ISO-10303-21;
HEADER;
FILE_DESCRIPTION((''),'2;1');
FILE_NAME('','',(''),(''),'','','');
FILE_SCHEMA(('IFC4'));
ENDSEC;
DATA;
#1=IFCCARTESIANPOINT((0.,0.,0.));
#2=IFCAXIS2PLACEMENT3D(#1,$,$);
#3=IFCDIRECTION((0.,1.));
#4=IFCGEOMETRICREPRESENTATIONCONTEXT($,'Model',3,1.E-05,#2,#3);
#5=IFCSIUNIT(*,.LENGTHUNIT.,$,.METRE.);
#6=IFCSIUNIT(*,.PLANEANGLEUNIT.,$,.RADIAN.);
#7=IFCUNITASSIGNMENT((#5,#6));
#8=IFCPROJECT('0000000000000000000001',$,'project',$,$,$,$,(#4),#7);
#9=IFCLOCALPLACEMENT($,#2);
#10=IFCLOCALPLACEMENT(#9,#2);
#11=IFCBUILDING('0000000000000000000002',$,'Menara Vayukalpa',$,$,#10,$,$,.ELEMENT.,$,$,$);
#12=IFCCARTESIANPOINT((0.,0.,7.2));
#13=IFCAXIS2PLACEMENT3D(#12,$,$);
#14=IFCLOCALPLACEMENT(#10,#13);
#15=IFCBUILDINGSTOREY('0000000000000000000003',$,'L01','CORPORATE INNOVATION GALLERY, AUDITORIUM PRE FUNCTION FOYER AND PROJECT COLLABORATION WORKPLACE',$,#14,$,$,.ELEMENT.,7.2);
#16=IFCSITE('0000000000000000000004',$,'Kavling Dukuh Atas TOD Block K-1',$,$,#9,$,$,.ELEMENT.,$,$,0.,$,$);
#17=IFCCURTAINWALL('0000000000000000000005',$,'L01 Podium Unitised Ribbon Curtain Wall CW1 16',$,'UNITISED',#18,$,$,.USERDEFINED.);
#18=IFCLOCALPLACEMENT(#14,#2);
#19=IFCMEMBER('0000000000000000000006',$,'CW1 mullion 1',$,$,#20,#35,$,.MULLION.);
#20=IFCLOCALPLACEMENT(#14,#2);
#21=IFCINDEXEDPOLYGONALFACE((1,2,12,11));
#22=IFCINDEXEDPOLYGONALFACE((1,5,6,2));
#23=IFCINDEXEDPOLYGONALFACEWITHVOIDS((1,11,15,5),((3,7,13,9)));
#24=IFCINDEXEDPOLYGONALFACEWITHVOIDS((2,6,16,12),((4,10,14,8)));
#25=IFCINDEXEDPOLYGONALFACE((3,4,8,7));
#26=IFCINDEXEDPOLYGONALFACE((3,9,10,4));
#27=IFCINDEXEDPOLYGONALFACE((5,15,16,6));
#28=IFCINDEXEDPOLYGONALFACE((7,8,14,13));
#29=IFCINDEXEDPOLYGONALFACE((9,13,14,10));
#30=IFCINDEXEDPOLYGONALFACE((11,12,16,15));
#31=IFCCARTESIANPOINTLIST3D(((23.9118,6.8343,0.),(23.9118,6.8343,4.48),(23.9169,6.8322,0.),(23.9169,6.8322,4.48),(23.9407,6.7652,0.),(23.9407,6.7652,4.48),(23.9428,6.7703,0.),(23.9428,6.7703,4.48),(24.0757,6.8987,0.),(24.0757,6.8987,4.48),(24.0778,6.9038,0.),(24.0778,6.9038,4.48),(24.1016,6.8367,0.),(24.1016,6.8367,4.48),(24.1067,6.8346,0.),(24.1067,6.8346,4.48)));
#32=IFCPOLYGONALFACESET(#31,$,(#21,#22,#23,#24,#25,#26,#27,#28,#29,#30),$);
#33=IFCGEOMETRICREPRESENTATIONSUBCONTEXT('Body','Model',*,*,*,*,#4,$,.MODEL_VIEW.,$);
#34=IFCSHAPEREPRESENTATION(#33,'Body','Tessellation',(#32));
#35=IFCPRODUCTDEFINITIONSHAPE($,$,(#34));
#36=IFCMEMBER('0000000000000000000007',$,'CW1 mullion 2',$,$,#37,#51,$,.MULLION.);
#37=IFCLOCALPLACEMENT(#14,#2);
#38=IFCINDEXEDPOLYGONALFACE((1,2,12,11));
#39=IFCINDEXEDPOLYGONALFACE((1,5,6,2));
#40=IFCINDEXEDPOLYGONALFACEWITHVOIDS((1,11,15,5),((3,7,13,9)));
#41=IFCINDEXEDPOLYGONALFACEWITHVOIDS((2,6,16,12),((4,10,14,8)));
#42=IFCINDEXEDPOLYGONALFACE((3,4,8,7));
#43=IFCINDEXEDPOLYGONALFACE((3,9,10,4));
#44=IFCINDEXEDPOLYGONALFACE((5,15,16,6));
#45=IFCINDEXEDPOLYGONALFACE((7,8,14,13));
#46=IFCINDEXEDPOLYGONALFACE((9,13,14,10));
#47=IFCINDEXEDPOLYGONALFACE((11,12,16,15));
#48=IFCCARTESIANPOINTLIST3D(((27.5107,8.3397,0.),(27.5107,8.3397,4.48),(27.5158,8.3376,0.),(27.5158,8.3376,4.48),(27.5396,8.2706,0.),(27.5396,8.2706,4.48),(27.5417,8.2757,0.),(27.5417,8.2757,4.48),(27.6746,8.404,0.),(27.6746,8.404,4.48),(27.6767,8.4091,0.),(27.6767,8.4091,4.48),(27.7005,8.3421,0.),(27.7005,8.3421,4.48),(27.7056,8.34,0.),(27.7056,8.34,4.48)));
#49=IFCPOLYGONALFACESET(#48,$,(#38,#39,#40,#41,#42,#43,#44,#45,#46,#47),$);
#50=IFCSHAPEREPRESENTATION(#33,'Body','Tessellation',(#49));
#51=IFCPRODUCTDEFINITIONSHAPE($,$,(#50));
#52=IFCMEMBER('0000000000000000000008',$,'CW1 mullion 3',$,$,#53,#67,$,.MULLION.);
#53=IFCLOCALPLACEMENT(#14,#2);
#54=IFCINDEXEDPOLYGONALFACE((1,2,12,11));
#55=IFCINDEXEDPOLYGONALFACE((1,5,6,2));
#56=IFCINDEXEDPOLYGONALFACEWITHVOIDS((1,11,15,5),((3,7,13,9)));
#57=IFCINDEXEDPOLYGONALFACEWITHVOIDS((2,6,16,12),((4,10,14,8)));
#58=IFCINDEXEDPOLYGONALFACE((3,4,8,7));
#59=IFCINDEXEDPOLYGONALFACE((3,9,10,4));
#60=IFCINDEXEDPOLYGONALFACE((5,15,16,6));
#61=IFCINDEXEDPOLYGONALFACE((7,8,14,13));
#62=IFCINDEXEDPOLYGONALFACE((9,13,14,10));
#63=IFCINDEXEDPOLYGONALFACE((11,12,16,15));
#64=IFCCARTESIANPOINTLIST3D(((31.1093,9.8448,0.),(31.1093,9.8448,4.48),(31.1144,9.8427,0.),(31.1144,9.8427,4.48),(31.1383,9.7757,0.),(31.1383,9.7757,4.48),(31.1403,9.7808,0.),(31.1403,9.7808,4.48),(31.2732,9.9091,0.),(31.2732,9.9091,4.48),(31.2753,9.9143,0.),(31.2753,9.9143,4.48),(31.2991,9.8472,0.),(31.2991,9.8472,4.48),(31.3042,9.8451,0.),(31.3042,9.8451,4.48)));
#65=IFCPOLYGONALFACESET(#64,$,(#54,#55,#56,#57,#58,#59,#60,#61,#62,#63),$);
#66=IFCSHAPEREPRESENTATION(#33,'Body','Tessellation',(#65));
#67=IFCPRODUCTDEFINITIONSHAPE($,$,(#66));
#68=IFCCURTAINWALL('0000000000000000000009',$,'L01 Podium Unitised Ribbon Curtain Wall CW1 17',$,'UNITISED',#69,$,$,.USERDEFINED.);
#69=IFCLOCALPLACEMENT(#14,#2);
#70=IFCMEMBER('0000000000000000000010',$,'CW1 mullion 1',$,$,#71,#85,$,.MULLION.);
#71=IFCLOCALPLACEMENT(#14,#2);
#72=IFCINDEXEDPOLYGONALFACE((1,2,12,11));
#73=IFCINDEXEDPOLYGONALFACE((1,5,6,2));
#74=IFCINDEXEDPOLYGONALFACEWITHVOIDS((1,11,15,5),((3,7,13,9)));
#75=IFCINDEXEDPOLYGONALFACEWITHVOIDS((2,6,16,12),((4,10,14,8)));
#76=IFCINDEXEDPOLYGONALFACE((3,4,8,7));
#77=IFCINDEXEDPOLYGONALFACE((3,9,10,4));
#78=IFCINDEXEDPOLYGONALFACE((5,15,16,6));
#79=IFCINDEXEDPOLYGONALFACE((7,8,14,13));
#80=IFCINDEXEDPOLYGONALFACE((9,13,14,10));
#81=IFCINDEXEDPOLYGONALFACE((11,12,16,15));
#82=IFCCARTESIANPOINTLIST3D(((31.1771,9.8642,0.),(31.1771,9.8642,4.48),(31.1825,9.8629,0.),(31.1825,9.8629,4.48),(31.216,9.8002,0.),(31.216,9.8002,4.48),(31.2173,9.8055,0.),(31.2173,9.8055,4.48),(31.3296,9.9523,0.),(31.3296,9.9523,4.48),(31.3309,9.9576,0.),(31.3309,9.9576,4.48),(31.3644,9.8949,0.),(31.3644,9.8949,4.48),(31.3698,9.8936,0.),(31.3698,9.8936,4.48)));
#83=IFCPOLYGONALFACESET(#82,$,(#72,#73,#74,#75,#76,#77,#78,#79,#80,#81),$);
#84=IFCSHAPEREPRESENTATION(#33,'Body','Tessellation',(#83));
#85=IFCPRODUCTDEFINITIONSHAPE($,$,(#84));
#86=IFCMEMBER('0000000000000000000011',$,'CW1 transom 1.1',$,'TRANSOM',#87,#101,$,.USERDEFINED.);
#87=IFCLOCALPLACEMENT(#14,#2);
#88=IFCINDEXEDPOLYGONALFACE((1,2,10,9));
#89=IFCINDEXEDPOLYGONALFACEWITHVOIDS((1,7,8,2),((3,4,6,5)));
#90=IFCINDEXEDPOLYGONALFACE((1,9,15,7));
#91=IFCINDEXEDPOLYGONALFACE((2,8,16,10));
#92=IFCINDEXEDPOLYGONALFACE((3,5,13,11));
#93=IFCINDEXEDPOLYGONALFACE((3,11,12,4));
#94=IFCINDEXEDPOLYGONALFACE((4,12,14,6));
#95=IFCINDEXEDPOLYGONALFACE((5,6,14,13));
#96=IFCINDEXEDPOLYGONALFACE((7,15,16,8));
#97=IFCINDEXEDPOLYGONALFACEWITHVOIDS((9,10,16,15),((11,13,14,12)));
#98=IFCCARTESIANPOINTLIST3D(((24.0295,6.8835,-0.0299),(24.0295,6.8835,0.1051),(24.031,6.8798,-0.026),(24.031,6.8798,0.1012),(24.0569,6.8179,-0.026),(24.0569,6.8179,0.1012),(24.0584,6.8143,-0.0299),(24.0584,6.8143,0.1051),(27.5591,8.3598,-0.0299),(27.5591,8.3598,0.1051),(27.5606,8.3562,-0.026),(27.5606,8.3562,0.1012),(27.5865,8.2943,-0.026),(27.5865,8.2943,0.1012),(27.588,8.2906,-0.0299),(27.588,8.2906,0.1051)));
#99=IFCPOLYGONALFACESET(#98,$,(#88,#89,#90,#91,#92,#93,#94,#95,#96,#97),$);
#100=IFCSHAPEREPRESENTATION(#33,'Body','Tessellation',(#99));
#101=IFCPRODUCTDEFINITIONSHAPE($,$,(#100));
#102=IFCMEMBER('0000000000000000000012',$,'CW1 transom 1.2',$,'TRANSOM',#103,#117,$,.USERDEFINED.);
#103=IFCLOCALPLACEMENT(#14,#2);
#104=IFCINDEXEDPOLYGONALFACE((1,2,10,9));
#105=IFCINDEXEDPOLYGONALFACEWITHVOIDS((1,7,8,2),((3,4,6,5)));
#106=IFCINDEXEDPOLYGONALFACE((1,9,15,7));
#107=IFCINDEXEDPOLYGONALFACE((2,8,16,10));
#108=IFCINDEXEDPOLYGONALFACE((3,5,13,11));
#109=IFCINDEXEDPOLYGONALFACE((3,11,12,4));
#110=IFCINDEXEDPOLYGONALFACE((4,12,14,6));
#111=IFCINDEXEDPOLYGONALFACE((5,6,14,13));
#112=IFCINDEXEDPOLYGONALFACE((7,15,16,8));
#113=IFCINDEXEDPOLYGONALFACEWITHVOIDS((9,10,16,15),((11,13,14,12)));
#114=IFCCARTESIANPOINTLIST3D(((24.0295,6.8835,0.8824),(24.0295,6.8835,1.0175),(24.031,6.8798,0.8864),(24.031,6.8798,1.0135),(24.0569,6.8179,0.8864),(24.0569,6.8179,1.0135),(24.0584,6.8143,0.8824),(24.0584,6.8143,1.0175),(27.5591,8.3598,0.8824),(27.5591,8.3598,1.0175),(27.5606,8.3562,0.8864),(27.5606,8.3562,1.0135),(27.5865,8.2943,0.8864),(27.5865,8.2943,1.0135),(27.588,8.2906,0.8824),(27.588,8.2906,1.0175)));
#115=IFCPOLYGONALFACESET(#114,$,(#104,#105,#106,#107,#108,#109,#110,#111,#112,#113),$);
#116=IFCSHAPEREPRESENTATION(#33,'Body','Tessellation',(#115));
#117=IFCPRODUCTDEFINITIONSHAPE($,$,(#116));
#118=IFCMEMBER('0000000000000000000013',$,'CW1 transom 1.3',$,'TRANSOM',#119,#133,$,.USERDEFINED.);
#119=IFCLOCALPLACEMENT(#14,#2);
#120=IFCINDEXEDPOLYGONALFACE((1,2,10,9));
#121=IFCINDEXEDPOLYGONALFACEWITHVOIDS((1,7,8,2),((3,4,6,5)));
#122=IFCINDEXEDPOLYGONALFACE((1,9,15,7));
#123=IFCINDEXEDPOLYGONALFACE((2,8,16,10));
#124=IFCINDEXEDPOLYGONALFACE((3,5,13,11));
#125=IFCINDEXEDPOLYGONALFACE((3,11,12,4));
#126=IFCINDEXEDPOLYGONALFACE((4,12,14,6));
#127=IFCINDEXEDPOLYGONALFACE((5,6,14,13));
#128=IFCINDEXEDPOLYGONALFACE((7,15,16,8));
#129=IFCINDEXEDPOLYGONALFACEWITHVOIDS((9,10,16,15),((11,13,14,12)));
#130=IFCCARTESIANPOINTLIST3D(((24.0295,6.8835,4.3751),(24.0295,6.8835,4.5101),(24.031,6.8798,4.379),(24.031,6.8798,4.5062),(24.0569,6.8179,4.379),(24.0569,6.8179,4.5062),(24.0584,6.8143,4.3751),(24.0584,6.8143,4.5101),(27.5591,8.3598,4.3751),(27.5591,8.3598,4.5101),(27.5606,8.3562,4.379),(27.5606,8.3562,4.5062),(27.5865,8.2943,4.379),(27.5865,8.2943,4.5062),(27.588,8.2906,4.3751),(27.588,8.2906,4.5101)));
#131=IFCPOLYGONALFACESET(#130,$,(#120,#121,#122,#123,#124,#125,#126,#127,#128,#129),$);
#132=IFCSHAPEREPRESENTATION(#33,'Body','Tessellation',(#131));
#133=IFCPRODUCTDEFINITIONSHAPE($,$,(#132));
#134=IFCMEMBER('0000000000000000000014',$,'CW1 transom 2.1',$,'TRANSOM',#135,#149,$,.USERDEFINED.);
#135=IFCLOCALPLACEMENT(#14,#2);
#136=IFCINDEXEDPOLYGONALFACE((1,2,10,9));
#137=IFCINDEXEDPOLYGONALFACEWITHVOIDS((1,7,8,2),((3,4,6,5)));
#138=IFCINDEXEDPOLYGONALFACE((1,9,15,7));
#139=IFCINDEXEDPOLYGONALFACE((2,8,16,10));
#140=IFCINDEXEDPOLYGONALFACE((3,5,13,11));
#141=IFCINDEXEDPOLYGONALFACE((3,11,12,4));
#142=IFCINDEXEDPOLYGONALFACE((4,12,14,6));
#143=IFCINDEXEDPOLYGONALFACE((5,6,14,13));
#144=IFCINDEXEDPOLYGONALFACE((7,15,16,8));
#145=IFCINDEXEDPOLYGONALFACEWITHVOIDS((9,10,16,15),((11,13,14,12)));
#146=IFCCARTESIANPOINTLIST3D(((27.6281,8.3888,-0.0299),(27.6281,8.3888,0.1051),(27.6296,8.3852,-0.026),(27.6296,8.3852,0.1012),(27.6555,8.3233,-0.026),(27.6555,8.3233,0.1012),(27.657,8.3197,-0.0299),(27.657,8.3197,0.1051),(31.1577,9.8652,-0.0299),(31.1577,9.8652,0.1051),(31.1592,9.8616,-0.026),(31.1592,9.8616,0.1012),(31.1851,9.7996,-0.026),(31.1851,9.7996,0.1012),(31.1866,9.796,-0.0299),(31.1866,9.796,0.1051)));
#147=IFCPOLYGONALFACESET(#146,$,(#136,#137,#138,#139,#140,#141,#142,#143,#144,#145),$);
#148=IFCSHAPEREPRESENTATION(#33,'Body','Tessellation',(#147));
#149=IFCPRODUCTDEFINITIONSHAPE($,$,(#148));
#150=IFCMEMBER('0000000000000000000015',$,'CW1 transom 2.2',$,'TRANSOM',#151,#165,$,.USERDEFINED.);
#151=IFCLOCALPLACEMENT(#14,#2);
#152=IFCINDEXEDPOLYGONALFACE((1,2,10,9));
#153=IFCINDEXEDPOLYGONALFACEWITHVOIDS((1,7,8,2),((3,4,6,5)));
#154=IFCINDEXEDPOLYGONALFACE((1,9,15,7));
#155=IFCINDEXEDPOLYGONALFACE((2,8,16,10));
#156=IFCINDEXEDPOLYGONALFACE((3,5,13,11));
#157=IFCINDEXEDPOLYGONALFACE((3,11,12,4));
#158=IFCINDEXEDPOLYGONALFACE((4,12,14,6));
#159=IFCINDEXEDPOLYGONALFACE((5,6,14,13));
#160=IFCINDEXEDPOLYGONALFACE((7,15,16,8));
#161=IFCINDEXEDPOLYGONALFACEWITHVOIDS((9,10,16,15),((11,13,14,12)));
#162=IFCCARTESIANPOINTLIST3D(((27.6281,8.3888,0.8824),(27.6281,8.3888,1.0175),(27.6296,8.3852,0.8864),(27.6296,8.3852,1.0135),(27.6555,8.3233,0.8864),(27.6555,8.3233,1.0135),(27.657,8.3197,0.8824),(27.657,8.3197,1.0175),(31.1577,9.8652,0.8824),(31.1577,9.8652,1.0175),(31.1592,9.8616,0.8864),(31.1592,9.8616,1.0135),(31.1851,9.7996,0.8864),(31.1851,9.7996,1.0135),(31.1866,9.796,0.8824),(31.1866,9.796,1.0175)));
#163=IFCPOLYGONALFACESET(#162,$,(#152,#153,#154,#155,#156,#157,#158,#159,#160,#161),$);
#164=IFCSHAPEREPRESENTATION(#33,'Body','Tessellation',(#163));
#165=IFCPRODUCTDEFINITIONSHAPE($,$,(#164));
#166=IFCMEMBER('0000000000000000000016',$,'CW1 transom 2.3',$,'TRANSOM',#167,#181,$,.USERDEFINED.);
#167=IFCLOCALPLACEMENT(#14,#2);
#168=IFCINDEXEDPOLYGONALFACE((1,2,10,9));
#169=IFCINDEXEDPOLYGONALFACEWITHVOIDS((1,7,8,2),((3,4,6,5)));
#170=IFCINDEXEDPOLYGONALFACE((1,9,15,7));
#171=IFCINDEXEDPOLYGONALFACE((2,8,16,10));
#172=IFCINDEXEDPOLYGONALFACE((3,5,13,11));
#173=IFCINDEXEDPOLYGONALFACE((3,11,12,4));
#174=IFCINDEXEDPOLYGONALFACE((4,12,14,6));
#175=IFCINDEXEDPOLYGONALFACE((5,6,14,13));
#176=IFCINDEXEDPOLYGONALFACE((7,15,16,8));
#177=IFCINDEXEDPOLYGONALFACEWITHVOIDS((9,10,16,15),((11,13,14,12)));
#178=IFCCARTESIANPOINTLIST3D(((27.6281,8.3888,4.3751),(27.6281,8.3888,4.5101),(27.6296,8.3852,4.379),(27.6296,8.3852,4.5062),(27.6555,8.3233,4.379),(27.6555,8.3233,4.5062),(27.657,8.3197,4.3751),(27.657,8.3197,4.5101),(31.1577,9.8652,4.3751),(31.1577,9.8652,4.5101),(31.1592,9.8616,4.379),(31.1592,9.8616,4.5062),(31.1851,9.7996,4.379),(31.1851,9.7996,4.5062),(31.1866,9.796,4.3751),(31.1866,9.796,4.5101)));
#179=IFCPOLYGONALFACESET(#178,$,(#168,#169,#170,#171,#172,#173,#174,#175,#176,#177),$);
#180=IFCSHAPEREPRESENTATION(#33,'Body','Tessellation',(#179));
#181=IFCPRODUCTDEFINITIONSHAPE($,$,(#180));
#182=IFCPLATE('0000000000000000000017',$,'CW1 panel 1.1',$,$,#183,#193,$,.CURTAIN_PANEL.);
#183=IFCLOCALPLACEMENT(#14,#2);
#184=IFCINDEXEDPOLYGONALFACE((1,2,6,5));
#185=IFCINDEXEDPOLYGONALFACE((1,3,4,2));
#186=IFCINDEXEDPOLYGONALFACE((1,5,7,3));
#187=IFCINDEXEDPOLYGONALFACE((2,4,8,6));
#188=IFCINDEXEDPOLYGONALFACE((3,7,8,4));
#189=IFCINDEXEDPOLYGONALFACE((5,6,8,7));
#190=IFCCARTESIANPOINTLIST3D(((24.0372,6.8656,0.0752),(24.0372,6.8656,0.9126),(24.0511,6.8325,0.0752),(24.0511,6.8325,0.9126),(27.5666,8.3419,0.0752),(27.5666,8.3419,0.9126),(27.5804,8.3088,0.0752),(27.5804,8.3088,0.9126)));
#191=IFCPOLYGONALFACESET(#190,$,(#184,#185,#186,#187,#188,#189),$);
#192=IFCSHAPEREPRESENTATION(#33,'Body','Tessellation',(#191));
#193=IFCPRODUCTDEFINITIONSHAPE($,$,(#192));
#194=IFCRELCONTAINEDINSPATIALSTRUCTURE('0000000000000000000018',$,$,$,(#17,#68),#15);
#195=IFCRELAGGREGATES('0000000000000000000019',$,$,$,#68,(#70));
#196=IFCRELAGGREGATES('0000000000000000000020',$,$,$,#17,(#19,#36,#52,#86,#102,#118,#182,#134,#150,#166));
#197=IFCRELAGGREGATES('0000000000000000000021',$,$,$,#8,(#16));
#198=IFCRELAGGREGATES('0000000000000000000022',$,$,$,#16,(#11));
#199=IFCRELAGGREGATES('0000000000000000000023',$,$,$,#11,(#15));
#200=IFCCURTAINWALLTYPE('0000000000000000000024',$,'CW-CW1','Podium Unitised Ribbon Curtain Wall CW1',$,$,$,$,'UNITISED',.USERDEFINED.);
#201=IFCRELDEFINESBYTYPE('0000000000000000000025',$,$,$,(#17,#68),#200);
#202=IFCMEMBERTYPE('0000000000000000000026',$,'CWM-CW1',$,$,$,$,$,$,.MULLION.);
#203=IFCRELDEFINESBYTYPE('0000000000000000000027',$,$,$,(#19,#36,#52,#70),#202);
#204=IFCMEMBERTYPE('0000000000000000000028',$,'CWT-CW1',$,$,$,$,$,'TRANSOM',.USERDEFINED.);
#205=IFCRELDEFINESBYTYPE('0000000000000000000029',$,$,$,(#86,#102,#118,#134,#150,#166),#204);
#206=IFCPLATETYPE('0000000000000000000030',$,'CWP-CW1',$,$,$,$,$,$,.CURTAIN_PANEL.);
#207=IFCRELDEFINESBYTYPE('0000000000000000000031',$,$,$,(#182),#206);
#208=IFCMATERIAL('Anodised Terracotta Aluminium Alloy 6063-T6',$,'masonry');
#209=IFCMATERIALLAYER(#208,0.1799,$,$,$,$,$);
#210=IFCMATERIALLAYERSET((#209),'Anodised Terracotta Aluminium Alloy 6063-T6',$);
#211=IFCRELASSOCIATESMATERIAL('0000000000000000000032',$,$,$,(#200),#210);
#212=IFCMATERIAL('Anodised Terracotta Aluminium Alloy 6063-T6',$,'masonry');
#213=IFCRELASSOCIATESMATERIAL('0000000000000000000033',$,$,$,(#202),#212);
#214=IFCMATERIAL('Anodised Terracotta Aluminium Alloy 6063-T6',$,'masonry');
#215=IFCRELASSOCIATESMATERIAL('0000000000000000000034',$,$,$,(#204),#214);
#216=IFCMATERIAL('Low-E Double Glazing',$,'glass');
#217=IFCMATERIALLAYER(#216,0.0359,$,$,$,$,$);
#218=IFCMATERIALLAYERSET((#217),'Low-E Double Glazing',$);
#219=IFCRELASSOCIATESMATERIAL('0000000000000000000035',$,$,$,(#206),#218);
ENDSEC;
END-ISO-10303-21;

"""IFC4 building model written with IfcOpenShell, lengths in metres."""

from ifc_helpers import new_model, si_unit, direction, frame, origin, origin_2d, place, context, subcontext, project, spatial, rectangle, hollow_rectangle, extrude, material, layer, layer_set, material_profile, profile_set, type_object, element, aggregate, save


model = new_model("IFC4")

# Units and contexts
model_context = context("Model", 3, precision=1e-05, world=origin(), true_north=direction((0.0, 1.0)))
body_context = subcontext(model_context, "Body", "Model", "MODEL_VIEW")
ifc_project = project(units=[si_unit("LENGTHUNIT", "METRE"), si_unit("PLANEANGLEUNIT", "RADIAN")], contexts=[model_context])

# Site, building, storey
site_placement = place(None, origin())
site = spatial("IfcSite", under=ifc_project, at=site_placement, Name="Kavling Dukuh Atas TOD Block K-1", CompositionType="ELEMENT", RefElevation=0.0)
building_placement = place(site_placement, origin())
building = spatial("IfcBuilding", under=site, at=building_placement, Name="Menara Vayukalpa", CompositionType="ELEMENT")
storey_placement = place(building_placement, frame((0.0, 0.0, 7.2)))
storey = spatial("IfcBuildingStorey", under=building, at=storey_placement, Name="L01", Description="CORPORATE INNOVATION GALLERY, AUDITORIUM PRE FUNCTION FOYER AND PROJECT COLLABORATION WORKPLACE", CompositionType="ELEMENT", Elevation=7.2)

# Curtain wall, members
ifc_material_1 = material(Name="Anodised Terracotta Aluminium Alloy 6063-T6", Category="masonry")
ifc_layer_1 = layer(ifc_material_1, 0.1799)
ifc_layer_set_1 = layer_set([ifc_layer_1], Name="Anodised Terracotta Aluminium Alloy 6063-T6")
curtain_wall_type = type_object("IfcCurtainWallType", Name="CW-CW1", Description="Podium Unitised Ribbon Curtain Wall CW1", ElementType="UNITISED", PredefinedType="USERDEFINED", material=ifc_layer_set_1)
curtain_wall_1_placement = place(storey_placement, origin())
curtain_wall_1 = element("IfcCurtainWall", 1, at=curtain_wall_1_placement, inside=storey, type_object=curtain_wall_type, Name="L01 Podium Unitised Ribbon Curtain Wall CW1 16", ObjectType="UNITISED", PredefinedType="USERDEFINED")
ifc_material_2 = material(Name="Anodised Terracotta Aluminium Alloy 6063-T6", Category="masonry")
ifc_material_profile_1 = material_profile(ifc_material_2, hollow_rectangle(XDim=0.075, YDim=0.1799, WallThickness=0.0039, at=origin_2d()), Name="ALU 75x180x4")
ifc_profile_set_1 = profile_set([ifc_material_profile_1], Name="Anodised Terracotta Aluminium Alloy 6063-T6")
member_type_1 = type_object("IfcMemberType", Name="CWM-CW1", PredefinedType="MULLION", material=ifc_profile_set_1)
member_1_placement = place(storey_placement, frame((24.0093, 6.8345, 0.0), z_axis=(0.0, 0.0, 1.0), x_axis=(-0.385891, 0.922545, 0.0)))
member_1 = element("IfcMember", 2, at=member_1_placement, type_object=member_type_1, Name="CW1 mullion 1", PredefinedType="MULLION", context=body_context, shape_type="SweptSolid", body=[
    extrude(hollow_rectangle(XDim=0.075, YDim=0.1799, WallThickness=0.0039, at=origin_2d()), origin(), (0.0, 0.0, 1.0), 4.48),
])
member_2_placement = place(storey_placement, frame((27.6082, 8.3398, 0.0), z_axis=(0.0, 0.0, 1.0), x_axis=(-0.385891, 0.922545, 0.0)))
member_2 = element("IfcMember", 3, at=member_2_placement, type_object=member_type_1, Name="CW1 mullion 2", PredefinedType="MULLION", context=body_context, shape_type="SweptSolid", body=[
    extrude(hollow_rectangle(XDim=0.075, YDim=0.1799, WallThickness=0.0039, at=origin_2d()), origin(), (0.0, 0.0, 1.0), 4.48),
])
member_3_placement = place(storey_placement, frame((31.2068, 9.845, 0.0), z_axis=(0.0, 0.0, 1.0), x_axis=(-0.385891, 0.922545, 0.0)))
member_3 = element("IfcMember", 4, at=member_3_placement, type_object=member_type_1, Name="CW1 mullion 3", PredefinedType="MULLION", context=body_context, shape_type="SweptSolid", body=[
    extrude(hollow_rectangle(XDim=0.075, YDim=0.1799, WallThickness=0.0039, at=origin_2d()), origin(), (0.0, 0.0, 1.0), 4.48),
])

# Curtain wall, member
curtain_wall_2_placement = place(storey_placement, origin())
curtain_wall_2 = element("IfcCurtainWall", 5, at=curtain_wall_2_placement, inside=storey, type_object=curtain_wall_type, Name="L01 Podium Unitised Ribbon Curtain Wall CW1 17", ObjectType="UNITISED", PredefinedType="USERDEFINED")
member_4_placement = place(storey_placement, frame((31.2734, 9.8789, 0.0), z_axis=(0.0, 0.0, 1.0), x_axis=(-0.51918, 0.854665, 0.0)))
member_4 = element("IfcMember", 6, at=member_4_placement, type_object=member_type_1, Name="CW1 mullion 1", PredefinedType="MULLION", context=body_context, shape_type="SweptSolid", body=[
    extrude(hollow_rectangle(XDim=0.075, YDim=0.1799, WallThickness=0.0039, at=origin_2d()), origin(), (0.0, 0.0, 1.0), 4.48),
])
aggregate(curtain_wall_2, [member_4])

# Members
ifc_material_3 = material(Name="Anodised Terracotta Aluminium Alloy 6063-T6", Category="masonry")
ifc_material_profile_2 = material_profile(ifc_material_3, hollow_rectangle(XDim=0.075, YDim=0.135, WallThickness=0.0039, at=origin_2d()), Name="ALU 75x135x4")
ifc_profile_set_2 = profile_set([ifc_material_profile_2], Name="Anodised Terracotta Aluminium Alloy 6063-T6")
member_type_2 = type_object("IfcMemberType", Name="CWT-CW1", ElementType="TRANSOM", PredefinedType="USERDEFINED", material=ifc_profile_set_2)
member_5_placement = place(storey_placement, frame((24.0439, 6.8489, 0.0376), z_axis=(0.922549, 0.385879, 0.0), x_axis=(-0.385879, 0.922549, 0.0)))
member_5 = element("IfcMember", 7, at=member_5_placement, type_object=member_type_2, Name="CW1 transom 1.1", ObjectType="TRANSOM", PredefinedType="USERDEFINED", context=body_context, shape_type="SweptSolid", body=[
    extrude(hollow_rectangle(XDim=0.075, YDim=0.135, WallThickness=0.0039, at=origin_2d()), origin(), (0.0, 0.0, 1.0), 3.8259),
])
member_6_placement = place(storey_placement, frame((24.0439, 6.8489, 0.95), z_axis=(0.922549, 0.385879, 0.0), x_axis=(-0.385879, 0.922549, 0.0)))
member_6 = element("IfcMember", 8, at=member_6_placement, type_object=member_type_2, Name="CW1 transom 1.2", ObjectType="TRANSOM", PredefinedType="USERDEFINED", context=body_context, shape_type="SweptSolid", body=[
    extrude(hollow_rectangle(XDim=0.075, YDim=0.135, WallThickness=0.0039, at=origin_2d()), origin(), (0.0, 0.0, 1.0), 3.8259),
])
member_7_placement = place(storey_placement, frame((24.0439, 6.8489, 4.4426), z_axis=(0.922549, 0.385879, 0.0), x_axis=(-0.385879, 0.922549, 0.0)))
member_7 = element("IfcMember", 9, at=member_7_placement, type_object=member_type_2, Name="CW1 transom 1.3", ObjectType="TRANSOM", PredefinedType="USERDEFINED", context=body_context, shape_type="SweptSolid", body=[
    extrude(hollow_rectangle(XDim=0.075, YDim=0.135, WallThickness=0.0039, at=origin_2d()), origin(), (0.0, 0.0, 1.0), 3.8259),
])
member_8_placement = place(storey_placement, frame((27.6426, 8.3542, 0.0376), z_axis=(0.922549, 0.385879, 0.0), x_axis=(-0.385879, 0.922549, 0.0)))
member_8 = element("IfcMember", 10, at=member_8_placement, type_object=member_type_2, Name="CW1 transom 2.1", ObjectType="TRANSOM", PredefinedType="USERDEFINED", context=body_context, shape_type="SweptSolid", body=[
    extrude(hollow_rectangle(XDim=0.075, YDim=0.135, WallThickness=0.0039, at=origin_2d()), origin(), (0.0, 0.0, 1.0), 3.8259),
])
member_9_placement = place(storey_placement, frame((27.6426, 8.3542, 0.95), z_axis=(0.922549, 0.385879, 0.0), x_axis=(-0.385879, 0.922549, 0.0)))
member_9 = element("IfcMember", 11, at=member_9_placement, type_object=member_type_2, Name="CW1 transom 2.2", ObjectType="TRANSOM", PredefinedType="USERDEFINED", context=body_context, shape_type="SweptSolid", body=[
    extrude(hollow_rectangle(XDim=0.075, YDim=0.135, WallThickness=0.0039, at=origin_2d()), origin(), (0.0, 0.0, 1.0), 3.8259),
])
member_10_placement = place(storey_placement, frame((27.6426, 8.3542, 4.4426), z_axis=(0.922549, 0.385879, 0.0), x_axis=(-0.385879, 0.922549, 0.0)))
member_10 = element("IfcMember", 12, at=member_10_placement, type_object=member_type_2, Name="CW1 transom 2.3", ObjectType="TRANSOM", PredefinedType="USERDEFINED", context=body_context, shape_type="SweptSolid", body=[
    extrude(hollow_rectangle(XDim=0.075, YDim=0.135, WallThickness=0.0039, at=origin_2d()), origin(), (0.0, 0.0, 1.0), 3.8259),
])

# Plate
ifc_material_4 = material(Name="Low-E Double Glazing", Category="glass")
ifc_layer_2 = layer(ifc_material_4, 0.0359)
ifc_layer_set_2 = layer_set([ifc_layer_2], Name="Low-E Double Glazing")
plate_type = type_object("IfcPlateType", Name="CWP-CW1", PredefinedType="CURTAIN_PANEL", material=ifc_layer_set_2)
plate_1_placement = place(storey_placement, frame((25.8088, 7.5872, 0.0752), z_axis=(0.0, 0.0, 1.0), x_axis=(0.922545, 0.385891, 0.0)))
plate_1 = element("IfcPlate", 13, at=plate_1_placement, type_object=plate_type, Name="CW1 panel 1.1", PredefinedType="CURTAIN_PANEL", context=body_context, shape_type="SweptSolid", body=[
    extrude(rectangle(XDim=3.8257, YDim=0.0359, at=origin_2d()), origin(), (0.0, 0.0, 1.0), 0.8374),
])
aggregate(curtain_wall_1, [member_1, member_2, member_3, member_5, member_6, member_7, plate_1, member_8, member_9, member_10])

save(model, "model.ifc")
